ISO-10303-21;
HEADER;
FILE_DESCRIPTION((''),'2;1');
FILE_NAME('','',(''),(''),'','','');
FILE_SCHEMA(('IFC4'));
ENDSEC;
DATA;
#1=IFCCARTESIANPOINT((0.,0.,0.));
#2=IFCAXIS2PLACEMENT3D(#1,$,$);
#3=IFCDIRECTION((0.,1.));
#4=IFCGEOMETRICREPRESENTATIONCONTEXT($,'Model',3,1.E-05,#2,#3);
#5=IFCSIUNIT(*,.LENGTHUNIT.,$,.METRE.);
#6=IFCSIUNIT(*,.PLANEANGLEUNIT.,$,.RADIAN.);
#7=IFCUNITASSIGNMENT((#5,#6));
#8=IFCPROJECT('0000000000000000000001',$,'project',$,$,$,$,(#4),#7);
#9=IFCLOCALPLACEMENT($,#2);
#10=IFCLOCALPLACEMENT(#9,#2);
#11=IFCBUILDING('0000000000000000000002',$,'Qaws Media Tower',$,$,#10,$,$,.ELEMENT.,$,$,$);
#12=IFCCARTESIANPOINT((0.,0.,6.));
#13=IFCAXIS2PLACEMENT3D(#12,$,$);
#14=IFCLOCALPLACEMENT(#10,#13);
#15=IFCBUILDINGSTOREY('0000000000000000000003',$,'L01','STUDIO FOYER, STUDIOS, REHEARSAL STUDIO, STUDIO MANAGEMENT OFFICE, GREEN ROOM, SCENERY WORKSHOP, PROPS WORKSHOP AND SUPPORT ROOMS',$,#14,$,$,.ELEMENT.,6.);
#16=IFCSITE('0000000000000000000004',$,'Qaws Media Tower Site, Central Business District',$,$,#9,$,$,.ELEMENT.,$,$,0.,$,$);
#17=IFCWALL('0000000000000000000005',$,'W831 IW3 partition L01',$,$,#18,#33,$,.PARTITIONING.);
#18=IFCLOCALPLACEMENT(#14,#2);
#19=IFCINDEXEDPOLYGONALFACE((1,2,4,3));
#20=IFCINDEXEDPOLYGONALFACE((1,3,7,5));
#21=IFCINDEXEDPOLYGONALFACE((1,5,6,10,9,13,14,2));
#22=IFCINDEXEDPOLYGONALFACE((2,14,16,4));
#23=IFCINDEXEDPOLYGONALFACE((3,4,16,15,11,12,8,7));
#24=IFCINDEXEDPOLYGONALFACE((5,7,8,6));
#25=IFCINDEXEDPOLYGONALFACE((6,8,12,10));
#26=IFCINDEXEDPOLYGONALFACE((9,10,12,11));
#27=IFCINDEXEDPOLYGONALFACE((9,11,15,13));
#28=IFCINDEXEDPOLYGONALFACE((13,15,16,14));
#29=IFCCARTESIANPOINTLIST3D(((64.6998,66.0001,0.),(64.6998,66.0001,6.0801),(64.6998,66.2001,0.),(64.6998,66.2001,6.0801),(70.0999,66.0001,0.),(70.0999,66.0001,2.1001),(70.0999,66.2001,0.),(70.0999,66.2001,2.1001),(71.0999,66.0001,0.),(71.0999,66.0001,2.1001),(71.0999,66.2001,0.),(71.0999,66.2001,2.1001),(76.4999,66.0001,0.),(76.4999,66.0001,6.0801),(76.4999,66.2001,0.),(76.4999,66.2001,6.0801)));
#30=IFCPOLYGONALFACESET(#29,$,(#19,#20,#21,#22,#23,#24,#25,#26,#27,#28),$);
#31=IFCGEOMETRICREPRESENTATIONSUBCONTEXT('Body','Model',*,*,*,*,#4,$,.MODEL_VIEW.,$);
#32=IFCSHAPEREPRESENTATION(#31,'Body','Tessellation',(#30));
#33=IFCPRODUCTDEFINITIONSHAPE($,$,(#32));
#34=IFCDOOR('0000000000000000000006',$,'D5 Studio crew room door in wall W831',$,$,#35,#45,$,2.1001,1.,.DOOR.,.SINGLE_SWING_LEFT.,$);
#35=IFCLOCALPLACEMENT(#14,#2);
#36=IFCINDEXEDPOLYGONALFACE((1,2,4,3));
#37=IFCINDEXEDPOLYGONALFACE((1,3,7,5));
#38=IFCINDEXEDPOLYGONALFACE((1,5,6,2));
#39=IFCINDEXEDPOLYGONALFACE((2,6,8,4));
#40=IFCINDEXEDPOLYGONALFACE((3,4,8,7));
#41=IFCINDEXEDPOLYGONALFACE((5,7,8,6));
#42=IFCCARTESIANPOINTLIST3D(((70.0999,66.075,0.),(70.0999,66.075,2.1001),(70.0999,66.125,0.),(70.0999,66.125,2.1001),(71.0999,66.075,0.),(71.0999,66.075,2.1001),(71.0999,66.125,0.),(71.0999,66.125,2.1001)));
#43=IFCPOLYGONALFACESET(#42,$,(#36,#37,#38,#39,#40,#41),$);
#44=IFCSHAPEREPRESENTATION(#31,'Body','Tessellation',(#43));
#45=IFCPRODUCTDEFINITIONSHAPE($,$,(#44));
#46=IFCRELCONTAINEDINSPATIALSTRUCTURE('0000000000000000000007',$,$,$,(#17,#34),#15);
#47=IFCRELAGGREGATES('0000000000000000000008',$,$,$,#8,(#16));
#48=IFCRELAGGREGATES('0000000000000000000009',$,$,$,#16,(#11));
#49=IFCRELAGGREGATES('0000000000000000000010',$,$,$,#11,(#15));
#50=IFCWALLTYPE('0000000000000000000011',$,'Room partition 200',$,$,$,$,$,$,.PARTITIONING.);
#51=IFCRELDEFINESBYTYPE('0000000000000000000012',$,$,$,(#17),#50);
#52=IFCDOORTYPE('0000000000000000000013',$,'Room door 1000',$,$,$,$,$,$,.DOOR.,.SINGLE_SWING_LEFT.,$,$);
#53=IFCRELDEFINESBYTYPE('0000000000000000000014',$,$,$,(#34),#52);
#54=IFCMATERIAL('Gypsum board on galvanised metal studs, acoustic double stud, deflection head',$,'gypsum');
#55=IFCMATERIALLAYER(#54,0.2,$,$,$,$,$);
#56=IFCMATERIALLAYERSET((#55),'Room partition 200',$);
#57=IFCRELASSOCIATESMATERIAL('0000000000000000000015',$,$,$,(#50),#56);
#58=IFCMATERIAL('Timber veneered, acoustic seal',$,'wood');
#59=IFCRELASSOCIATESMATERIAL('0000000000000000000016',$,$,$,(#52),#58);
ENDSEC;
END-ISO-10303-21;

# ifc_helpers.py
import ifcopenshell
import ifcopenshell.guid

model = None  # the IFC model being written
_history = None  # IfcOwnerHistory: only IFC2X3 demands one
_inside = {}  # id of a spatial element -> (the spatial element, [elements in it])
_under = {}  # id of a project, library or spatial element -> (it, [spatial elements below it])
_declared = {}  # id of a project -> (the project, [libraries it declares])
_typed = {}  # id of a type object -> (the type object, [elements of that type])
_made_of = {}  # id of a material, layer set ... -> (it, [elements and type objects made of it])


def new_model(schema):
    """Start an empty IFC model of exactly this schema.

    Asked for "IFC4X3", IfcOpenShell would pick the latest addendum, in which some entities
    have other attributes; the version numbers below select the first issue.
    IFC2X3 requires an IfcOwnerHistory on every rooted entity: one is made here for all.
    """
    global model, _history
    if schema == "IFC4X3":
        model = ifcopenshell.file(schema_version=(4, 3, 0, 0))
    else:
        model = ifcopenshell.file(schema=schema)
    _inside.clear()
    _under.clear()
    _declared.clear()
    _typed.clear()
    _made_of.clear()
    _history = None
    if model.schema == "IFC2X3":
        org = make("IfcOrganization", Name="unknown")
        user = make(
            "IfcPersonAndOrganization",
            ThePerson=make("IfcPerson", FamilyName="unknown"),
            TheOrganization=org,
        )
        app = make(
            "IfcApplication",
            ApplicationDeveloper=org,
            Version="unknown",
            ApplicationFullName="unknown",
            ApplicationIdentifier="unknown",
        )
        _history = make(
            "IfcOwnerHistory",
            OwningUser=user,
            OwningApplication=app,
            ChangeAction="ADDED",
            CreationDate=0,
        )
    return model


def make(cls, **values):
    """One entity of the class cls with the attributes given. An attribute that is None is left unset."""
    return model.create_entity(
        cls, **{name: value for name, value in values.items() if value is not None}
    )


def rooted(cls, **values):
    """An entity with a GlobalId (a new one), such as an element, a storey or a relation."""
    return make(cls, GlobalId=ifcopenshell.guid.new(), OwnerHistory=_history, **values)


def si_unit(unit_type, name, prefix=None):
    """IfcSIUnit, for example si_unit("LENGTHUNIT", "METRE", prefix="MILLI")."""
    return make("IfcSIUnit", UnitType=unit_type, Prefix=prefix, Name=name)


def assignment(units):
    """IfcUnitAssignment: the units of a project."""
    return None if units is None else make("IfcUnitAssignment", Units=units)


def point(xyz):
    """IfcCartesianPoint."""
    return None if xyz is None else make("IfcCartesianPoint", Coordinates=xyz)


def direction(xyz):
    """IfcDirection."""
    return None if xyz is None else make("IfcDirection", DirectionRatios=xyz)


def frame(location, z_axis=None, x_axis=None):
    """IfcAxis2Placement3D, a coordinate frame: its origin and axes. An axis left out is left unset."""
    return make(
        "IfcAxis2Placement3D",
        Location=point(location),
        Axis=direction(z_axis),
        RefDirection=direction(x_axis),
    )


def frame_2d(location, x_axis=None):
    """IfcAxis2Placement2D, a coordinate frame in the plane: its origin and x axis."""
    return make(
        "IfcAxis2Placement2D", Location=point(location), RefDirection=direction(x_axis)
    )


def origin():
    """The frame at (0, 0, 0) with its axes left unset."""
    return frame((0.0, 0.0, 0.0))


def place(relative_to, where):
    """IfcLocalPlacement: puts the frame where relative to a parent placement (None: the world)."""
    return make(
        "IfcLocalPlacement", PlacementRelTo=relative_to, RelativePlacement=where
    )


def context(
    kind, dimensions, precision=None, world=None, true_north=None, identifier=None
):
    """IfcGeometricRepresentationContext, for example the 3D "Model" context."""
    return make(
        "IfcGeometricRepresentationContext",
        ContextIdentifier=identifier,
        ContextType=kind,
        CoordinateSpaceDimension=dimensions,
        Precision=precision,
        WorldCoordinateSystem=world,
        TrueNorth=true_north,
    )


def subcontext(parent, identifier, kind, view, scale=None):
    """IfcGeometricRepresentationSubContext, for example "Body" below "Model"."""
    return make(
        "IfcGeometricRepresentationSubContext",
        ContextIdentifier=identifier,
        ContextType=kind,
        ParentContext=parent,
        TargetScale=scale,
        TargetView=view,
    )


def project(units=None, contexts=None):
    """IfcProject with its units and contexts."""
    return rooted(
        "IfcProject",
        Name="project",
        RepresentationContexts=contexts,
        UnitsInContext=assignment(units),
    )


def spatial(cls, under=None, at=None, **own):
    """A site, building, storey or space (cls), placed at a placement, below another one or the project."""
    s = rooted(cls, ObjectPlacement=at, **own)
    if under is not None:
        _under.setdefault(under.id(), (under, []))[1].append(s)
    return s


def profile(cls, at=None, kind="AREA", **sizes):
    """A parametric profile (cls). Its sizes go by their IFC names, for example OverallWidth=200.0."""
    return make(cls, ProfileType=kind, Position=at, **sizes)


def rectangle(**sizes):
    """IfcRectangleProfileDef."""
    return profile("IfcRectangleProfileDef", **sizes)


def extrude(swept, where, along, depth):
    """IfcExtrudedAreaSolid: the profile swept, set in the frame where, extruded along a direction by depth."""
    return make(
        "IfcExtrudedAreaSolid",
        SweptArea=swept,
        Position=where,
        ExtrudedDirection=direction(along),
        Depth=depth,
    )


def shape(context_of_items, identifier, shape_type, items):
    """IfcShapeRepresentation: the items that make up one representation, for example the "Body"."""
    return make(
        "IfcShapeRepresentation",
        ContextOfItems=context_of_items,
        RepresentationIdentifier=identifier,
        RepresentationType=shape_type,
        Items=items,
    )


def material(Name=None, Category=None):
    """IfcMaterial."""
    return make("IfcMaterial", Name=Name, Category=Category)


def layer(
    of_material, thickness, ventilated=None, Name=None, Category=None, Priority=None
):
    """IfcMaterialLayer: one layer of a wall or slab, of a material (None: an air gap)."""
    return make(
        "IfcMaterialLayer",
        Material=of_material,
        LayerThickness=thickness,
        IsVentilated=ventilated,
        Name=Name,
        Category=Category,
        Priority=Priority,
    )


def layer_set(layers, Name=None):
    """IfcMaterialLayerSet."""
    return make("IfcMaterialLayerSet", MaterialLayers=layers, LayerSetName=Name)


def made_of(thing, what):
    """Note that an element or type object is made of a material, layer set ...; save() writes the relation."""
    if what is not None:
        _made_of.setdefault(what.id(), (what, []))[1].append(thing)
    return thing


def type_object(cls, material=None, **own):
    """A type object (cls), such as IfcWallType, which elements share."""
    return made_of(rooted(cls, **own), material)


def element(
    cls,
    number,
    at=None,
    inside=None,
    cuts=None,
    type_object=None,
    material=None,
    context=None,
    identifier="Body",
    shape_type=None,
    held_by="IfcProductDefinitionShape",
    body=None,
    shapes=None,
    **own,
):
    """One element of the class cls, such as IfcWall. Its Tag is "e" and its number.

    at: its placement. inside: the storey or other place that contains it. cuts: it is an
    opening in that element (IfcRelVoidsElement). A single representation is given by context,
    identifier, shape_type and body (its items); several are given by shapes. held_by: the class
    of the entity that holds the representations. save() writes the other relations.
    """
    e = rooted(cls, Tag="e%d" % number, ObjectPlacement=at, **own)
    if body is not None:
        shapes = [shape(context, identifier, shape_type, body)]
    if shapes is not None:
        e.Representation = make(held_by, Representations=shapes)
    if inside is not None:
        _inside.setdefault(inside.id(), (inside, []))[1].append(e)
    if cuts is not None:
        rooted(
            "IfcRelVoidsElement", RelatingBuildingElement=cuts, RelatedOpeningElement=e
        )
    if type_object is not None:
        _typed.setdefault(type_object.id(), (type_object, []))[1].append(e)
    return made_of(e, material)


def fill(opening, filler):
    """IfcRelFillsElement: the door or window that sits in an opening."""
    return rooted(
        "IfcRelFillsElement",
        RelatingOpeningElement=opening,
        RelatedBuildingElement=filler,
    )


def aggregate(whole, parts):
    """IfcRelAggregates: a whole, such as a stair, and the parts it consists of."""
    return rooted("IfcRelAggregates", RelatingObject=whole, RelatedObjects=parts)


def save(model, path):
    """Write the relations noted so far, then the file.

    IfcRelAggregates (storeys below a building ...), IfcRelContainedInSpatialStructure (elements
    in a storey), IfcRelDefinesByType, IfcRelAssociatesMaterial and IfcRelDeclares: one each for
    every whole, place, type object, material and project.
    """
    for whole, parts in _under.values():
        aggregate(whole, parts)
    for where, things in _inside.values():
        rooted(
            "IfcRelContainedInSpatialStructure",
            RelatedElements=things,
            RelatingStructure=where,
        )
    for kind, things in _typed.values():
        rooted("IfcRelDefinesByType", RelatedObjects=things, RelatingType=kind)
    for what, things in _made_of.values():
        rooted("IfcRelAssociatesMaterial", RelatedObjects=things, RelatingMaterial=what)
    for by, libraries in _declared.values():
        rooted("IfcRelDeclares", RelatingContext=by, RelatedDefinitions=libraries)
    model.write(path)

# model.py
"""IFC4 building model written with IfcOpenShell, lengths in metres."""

from ifc_helpers import new_model, si_unit, direction, frame, frame_2d, origin, place, context, subcontext, project, spatial, rectangle, extrude, material, layer, layer_set, type_object, element, fill, save


model = new_model("IFC4")

# Units and contexts
model_context = context("Model", 3, precision=1e-05, world=origin(), true_north=direction((0.0, 1.0)))
body_context = subcontext(model_context, "Body", "Model", "MODEL_VIEW")
ifc_project = project(units=[si_unit("LENGTHUNIT", "METRE"), si_unit("PLANEANGLEUNIT", "RADIAN")], contexts=[model_context])

# Site, building, storey
site_placement = place(None, origin())
site = spatial("IfcSite", under=ifc_project, at=site_placement, Name="Qaws Media Tower Site, Central Business District", CompositionType="ELEMENT", RefElevation=0.0)
building_placement = place(site_placement, origin())
building = spatial("IfcBuilding", under=site, at=building_placement, Name="Qaws Media Tower", CompositionType="ELEMENT")
storey_placement = place(building_placement, frame((0.0, 0.0, 6.0)))
storey = spatial("IfcBuildingStorey", under=building, at=storey_placement, Name="L01", Description="STUDIO FOYER, STUDIOS, REHEARSAL STUDIO, STUDIO MANAGEMENT OFFICE, GREEN ROOM, SCENERY WORKSHOP, PROPS WORKSHOP AND SUPPORT ROOMS", CompositionType="ELEMENT", Elevation=6.0)

# Wall, opening, door
ifc_material_1 = material(Name="Gypsum board on galvanised metal studs, acoustic double stud, deflection head", Category="gypsum")
ifc_layer = layer(ifc_material_1, 0.2)
ifc_layer_set = layer_set([ifc_layer], Name="Room partition 200")
wall_type = type_object("IfcWallType", Name="Room partition 200", PredefinedType="PARTITIONING", material=ifc_layer_set)
wall_placement = place(storey_placement, frame((64.7, 66.1001, 0.0), z_axis=(0.0, 0.0, 1.0), x_axis=(1.0, 0.0, 0.0)))
wall = element("IfcWall", 1, at=wall_placement, inside=storey, type_object=wall_type, Name="W831 IW3 partition L01", PredefinedType="PARTITIONING", context=body_context, shape_type="SweptSolid", body=[
    extrude(rectangle(XDim=11.8, YDim=0.2, at=frame_2d((5.8999, 0.0))), origin(), (0.0, 0.0, 1.0), 6.0801),
])
opening_placement = place(wall_placement, frame((5.3999, 0.0, 0.0)))
opening = element("IfcOpeningElement", 2, at=opening_placement, cuts=wall, PredefinedType="OPENING", context=body_context, shape_type="SweptSolid", body=[
    extrude(rectangle(XDim=1.0, YDim=2.1001, at=frame_2d((0.5, 1.05))), frame((0.0, 0.1099, 0.0), z_axis=(0.0, -1.0, 0.0), x_axis=(1.0, 0.0, 0.0)), (0.0, 0.0, 1.0), 0.22),
])
ifc_material_2 = material(Name="Timber veneered, acoustic seal", Category="wood")
door_type = type_object("IfcDoorType", Name="Room door 1000", OperationType="SINGLE_SWING_LEFT", PredefinedType="DOOR", material=ifc_material_2)
door_placement = place(opening_placement, origin())
door = element("IfcDoor", 3, at=door_placement, inside=storey, type_object=door_type, Name="D5 Studio crew room door in wall W831", OperationType="SINGLE_SWING_LEFT", OverallHeight=2.1001, OverallWidth=1.0, PredefinedType="DOOR", context=body_context, shape_type="SweptSolid", body=[
    extrude(rectangle(XDim=1.0, YDim=2.1001, at=frame_2d((0.5, 1.05))), frame((0.0, 0.0249, 0.0), z_axis=(0.0, -1.0, 0.0), x_axis=(1.0, 0.0, 0.0)), (0.0, 0.0, 1.0), 0.05),
])
fill(opening, door)

save(model, "model.ifc")
